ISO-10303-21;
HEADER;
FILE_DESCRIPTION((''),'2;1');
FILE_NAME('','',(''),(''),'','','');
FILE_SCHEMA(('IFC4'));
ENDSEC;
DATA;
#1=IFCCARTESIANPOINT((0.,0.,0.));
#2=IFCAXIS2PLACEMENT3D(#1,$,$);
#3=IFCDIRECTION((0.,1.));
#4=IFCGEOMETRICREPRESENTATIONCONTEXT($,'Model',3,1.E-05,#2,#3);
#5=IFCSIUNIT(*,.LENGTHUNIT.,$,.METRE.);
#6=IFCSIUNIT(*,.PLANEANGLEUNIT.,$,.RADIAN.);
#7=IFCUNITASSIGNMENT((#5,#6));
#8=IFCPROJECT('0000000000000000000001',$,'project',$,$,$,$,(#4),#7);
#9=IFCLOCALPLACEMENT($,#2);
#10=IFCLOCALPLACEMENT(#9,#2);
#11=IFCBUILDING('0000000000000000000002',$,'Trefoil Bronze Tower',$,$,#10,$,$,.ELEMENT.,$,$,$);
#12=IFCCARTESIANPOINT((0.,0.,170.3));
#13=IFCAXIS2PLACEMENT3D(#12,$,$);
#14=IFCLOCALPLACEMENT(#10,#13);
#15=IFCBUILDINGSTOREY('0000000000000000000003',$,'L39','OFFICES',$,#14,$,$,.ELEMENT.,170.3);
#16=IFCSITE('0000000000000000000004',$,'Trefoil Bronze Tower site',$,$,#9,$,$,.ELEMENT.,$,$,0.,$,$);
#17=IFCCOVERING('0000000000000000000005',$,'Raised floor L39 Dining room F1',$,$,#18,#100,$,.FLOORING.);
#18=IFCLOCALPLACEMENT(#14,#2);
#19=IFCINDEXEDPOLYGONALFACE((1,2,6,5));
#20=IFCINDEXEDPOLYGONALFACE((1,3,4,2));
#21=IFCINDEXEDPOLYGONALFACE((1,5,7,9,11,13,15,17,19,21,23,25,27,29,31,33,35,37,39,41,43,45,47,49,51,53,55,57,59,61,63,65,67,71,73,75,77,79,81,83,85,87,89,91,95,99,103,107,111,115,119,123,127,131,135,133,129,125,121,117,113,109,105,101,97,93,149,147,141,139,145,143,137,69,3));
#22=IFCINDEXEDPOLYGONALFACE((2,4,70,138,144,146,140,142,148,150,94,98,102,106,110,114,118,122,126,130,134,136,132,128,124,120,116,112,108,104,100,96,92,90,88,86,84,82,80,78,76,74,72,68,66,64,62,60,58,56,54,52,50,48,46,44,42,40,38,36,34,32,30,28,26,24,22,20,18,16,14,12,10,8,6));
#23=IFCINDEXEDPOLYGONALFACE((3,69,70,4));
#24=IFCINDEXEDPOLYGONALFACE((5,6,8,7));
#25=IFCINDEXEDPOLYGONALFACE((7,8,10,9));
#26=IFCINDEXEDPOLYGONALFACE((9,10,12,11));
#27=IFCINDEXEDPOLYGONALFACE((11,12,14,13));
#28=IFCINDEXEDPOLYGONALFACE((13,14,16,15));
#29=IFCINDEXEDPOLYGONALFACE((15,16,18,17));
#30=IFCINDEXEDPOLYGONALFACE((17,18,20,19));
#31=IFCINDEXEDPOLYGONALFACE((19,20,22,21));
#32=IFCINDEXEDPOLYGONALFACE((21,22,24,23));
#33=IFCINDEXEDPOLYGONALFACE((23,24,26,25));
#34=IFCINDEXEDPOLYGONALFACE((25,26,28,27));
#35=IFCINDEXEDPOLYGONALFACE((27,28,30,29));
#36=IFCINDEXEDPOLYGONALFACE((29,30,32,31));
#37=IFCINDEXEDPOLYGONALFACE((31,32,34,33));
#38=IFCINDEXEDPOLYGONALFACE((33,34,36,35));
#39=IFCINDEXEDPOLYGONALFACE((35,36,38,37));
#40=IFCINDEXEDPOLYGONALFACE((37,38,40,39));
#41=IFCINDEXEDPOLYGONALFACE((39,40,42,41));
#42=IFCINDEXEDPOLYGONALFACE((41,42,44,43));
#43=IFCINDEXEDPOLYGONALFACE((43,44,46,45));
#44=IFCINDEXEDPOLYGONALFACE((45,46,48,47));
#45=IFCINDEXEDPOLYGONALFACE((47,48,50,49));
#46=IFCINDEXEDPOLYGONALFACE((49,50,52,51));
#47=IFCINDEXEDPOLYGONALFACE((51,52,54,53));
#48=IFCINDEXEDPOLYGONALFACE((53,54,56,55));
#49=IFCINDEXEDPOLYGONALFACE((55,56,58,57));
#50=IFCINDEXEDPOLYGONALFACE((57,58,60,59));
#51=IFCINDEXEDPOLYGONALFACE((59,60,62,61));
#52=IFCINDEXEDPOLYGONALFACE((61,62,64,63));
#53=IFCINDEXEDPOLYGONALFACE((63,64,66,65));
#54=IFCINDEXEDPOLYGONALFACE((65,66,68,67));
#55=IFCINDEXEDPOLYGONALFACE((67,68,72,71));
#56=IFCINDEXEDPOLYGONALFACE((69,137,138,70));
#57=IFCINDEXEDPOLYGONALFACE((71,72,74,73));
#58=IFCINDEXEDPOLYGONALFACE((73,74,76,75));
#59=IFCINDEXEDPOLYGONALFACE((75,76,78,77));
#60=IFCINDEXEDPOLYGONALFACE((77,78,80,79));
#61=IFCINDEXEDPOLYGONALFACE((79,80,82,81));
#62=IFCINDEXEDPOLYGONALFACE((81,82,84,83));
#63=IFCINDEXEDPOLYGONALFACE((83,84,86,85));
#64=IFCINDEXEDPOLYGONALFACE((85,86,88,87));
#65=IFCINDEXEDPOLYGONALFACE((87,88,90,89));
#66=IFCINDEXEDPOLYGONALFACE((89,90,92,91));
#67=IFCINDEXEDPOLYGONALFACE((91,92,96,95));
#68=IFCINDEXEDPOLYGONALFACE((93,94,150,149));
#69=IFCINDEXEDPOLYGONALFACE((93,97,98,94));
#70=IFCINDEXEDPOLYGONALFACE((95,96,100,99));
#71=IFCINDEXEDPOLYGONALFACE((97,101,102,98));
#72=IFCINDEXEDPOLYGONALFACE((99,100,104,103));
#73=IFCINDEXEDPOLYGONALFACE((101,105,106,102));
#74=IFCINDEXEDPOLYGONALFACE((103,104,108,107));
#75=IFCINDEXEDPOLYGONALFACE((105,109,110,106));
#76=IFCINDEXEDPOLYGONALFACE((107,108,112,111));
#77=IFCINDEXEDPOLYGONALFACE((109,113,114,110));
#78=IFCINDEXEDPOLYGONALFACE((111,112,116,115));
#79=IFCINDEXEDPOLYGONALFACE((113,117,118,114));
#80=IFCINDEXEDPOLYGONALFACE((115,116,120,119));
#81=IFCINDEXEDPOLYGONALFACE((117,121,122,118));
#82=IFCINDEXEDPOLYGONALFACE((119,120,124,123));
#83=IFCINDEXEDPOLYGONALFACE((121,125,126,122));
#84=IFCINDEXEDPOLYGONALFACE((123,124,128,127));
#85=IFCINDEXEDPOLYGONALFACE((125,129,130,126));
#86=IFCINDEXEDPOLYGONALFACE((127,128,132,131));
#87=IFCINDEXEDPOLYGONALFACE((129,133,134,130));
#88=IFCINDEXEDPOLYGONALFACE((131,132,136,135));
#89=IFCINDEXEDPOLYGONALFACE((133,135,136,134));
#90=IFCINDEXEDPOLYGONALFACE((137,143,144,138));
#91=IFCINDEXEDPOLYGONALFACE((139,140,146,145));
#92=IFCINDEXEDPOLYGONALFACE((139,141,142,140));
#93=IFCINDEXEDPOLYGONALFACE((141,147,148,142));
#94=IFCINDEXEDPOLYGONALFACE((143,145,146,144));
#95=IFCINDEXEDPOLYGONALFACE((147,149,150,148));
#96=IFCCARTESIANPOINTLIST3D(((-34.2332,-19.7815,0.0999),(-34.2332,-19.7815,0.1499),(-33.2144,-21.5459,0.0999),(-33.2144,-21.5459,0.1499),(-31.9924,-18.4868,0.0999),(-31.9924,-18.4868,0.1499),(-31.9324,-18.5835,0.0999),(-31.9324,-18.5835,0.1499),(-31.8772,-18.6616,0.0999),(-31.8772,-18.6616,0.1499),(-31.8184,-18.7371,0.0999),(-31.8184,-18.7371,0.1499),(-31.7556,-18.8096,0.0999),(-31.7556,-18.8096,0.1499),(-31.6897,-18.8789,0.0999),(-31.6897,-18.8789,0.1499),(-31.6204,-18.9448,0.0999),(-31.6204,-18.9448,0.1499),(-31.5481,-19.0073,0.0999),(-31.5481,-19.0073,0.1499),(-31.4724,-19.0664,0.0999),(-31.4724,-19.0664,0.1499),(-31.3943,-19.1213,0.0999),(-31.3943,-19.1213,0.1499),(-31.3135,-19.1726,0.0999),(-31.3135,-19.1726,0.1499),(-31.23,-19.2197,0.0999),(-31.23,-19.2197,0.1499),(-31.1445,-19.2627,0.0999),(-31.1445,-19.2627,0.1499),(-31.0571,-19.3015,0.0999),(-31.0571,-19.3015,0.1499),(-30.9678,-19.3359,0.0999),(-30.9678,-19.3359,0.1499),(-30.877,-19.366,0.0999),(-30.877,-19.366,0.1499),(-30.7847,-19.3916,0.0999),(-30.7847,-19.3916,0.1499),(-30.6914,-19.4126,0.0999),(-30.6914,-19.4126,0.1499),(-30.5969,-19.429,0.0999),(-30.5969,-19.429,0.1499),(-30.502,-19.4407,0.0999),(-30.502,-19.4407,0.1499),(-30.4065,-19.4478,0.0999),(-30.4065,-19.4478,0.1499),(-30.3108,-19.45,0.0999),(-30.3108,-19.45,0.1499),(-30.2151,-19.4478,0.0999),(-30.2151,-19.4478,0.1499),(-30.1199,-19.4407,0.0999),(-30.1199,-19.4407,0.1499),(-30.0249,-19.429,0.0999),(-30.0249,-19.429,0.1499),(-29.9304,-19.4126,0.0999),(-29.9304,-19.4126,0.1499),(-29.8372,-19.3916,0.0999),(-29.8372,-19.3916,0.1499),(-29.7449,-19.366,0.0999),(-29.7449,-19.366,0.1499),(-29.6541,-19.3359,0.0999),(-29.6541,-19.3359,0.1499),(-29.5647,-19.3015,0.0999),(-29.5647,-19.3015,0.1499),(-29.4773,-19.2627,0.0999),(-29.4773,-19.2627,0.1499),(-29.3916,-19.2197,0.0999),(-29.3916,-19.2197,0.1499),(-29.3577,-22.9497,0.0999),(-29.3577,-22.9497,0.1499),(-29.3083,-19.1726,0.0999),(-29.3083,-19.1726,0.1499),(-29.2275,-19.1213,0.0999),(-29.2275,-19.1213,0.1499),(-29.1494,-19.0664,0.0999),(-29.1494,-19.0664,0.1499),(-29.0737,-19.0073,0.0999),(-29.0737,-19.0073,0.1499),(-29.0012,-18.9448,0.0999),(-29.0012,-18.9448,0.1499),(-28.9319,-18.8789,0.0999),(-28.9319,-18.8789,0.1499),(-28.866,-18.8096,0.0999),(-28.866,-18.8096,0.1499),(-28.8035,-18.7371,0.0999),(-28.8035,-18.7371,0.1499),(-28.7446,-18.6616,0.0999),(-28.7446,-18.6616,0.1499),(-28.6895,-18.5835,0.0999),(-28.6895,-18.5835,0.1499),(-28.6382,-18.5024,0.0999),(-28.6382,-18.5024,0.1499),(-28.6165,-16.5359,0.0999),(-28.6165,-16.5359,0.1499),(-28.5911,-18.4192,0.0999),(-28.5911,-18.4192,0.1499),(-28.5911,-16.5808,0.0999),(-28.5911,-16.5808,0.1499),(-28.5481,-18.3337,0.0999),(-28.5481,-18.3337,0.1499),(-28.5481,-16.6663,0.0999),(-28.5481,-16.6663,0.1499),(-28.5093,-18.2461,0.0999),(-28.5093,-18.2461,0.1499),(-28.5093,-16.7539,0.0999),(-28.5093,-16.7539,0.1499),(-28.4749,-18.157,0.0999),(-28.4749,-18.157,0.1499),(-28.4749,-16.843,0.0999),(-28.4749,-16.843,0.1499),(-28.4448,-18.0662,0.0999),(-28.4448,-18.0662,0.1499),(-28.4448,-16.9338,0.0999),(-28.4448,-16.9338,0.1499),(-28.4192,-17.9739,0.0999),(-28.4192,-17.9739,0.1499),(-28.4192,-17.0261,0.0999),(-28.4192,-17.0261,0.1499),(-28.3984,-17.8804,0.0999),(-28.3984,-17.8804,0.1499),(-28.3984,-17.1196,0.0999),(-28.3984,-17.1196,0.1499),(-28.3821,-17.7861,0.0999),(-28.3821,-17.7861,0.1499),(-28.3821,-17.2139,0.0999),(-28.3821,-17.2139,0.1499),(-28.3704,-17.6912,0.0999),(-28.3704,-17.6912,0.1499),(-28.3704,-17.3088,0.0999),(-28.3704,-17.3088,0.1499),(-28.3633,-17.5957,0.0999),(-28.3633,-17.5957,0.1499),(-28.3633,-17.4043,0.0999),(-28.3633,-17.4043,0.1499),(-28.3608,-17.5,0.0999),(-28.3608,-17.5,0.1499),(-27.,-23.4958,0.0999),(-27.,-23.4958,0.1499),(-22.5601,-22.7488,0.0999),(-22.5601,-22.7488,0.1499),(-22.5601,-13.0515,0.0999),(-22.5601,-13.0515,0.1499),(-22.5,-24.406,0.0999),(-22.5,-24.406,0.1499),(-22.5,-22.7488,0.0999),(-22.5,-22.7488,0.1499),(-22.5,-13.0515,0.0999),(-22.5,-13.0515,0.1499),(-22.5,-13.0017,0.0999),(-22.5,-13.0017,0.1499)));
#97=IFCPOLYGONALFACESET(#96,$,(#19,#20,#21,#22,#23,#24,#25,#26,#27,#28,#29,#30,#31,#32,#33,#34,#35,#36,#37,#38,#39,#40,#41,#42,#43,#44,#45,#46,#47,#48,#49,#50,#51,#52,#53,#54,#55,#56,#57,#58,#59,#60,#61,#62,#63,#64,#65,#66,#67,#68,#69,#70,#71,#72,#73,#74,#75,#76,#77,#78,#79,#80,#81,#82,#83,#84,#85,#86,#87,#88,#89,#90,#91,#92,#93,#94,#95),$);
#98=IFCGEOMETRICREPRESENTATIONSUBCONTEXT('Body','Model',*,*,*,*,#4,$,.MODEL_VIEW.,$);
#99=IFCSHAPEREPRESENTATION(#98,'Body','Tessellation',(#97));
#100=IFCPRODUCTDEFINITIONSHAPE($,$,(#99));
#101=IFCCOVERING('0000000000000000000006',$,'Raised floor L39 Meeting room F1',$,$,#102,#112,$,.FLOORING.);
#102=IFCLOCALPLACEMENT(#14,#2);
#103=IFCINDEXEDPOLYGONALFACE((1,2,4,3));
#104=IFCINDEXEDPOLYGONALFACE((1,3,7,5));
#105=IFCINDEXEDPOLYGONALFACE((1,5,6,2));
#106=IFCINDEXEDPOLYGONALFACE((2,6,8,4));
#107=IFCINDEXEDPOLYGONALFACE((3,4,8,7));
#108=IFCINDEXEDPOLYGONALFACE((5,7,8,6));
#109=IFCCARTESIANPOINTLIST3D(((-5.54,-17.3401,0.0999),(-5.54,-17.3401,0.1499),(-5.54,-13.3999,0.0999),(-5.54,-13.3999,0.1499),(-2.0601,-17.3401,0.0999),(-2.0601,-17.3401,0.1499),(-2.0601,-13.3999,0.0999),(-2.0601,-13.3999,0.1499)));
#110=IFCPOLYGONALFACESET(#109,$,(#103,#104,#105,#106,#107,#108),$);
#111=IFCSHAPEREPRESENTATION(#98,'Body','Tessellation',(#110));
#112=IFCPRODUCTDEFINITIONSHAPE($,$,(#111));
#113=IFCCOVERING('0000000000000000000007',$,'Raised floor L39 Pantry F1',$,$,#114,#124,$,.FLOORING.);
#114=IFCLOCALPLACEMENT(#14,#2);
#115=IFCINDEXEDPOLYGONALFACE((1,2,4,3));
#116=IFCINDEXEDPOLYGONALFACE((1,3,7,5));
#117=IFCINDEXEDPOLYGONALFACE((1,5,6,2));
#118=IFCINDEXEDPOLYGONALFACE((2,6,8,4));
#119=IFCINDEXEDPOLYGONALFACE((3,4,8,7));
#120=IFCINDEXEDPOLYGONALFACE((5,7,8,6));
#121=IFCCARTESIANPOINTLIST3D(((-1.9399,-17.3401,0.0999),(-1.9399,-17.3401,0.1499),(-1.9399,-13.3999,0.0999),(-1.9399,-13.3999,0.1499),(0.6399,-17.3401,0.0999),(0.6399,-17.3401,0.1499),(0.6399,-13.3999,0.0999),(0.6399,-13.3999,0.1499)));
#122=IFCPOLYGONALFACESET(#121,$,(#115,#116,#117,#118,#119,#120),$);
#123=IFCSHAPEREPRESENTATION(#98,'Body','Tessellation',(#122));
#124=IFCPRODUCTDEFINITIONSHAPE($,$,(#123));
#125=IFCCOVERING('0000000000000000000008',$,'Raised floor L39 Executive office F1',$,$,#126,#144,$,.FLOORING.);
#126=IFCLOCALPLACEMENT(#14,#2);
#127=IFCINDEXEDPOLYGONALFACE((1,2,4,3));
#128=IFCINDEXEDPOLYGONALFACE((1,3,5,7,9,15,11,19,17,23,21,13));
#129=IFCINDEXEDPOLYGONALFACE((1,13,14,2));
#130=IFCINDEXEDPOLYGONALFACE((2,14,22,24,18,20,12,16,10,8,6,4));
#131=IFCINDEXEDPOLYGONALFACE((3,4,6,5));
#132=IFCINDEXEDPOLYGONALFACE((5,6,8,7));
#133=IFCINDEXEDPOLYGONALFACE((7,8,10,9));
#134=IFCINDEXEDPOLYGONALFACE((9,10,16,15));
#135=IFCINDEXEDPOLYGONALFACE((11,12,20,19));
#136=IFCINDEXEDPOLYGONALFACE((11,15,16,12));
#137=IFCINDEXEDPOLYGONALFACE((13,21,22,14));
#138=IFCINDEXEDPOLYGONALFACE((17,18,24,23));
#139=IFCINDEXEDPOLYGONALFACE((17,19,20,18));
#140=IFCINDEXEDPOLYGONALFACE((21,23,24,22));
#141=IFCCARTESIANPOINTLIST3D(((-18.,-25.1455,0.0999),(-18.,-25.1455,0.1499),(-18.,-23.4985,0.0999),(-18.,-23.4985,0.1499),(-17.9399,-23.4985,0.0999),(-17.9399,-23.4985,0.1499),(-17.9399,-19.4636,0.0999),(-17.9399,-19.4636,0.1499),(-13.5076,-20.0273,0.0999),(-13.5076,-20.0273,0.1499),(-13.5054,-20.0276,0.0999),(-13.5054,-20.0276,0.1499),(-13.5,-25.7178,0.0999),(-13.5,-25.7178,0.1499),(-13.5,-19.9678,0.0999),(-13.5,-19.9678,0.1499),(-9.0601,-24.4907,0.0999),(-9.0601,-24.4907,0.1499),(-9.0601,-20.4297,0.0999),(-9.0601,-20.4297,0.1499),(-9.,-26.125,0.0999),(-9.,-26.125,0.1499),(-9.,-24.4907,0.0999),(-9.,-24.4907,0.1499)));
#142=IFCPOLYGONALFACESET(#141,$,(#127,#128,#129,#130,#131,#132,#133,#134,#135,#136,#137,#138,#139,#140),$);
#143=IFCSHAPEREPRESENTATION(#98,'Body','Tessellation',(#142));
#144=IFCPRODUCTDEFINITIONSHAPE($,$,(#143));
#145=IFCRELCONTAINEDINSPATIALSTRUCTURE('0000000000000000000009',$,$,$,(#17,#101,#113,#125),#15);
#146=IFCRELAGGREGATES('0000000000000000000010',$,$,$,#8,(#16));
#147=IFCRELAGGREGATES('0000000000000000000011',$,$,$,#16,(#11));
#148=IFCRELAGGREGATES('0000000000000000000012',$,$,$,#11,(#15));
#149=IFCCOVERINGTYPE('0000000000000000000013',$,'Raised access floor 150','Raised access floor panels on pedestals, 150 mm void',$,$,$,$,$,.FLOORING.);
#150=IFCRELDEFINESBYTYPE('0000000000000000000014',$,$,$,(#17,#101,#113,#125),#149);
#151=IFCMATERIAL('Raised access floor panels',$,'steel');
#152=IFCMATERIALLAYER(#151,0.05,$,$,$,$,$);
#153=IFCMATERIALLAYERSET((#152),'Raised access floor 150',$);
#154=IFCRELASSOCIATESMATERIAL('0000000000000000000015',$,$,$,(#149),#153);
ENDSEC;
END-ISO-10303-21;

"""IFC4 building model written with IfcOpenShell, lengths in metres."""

from ifc_helpers import new_model, si_unit, direction, frame, origin, place, context, subcontext, project, spatial, polyline, outline, extrude, material, layer, layer_set, type_object, element, save


model = new_model("IFC4")

# Units and contexts
model_context = context("Model", 3, precision=1e-05, world=origin(), true_north=direction((0.0, 1.0)))
body_context = subcontext(model_context, "Body", "Model", "MODEL_VIEW")
ifc_project = project(units=[si_unit("LENGTHUNIT", "METRE"), si_unit("PLANEANGLEUNIT", "RADIAN")], contexts=[model_context])

# Site, building, storey
site_placement = place(None, origin())
site = spatial("IfcSite", under=ifc_project, at=site_placement, Name="Trefoil Bronze Tower site", CompositionType="ELEMENT", RefElevation=0.0)
building_placement = place(site_placement, origin())
building = spatial("IfcBuilding", under=site, at=building_placement, Name="Trefoil Bronze Tower", CompositionType="ELEMENT")
storey_placement = place(building_placement, frame((0.0, 0.0, 170.3)))
storey = spatial("IfcBuildingStorey", under=building, at=storey_placement, Name="L39", Description="OFFICES", CompositionType="ELEMENT", Elevation=170.3)

# Coverings
ifc_material_1 = material(Name="Raised access floor panels", Category="steel")
ifc_layer_1 = layer(ifc_material_1, 0.05)
ifc_layer_set_1 = layer_set([ifc_layer_1], Name="Raised access floor 150")
covering_type_1 = type_object("IfcCoveringType", Name="Raised access floor 150", Description="Raised access floor panels on pedestals, 150 mm void", PredefinedType="FLOORING", material=ifc_layer_set_1)
covering_1_placement = place(storey_placement, frame((0.0, 0.0, 0.0999)))
element("IfcCovering", 1, at=covering_1_placement, inside=storey, type_object=covering_type_1, Name="Raised floor L39 Dining room F1", PredefinedType="FLOORING", context=body_context, shape_type="SweptSolid", body=[
    extrude(outline(polyline([(-28.6165, -16.5359), (-22.5, -13.0017), (-22.5, -13.0515), (-22.5601, -13.0515), (-22.5601, -22.7488), (-22.5, -22.7488), (-22.5, -24.406), (-27.0, -23.4958), (-29.3577, -22.9497), (-33.2144, -21.5459), (-34.2332, -19.7815), (-31.9924, -18.4868), (-31.9324, -18.5835), (-31.8772, -18.6616), (-31.8184, -18.7371), (-31.7556, -18.8096), (-31.6897, -18.8789), (-31.6204, -18.9448), (-31.5481, -19.0073), (-31.4724, -19.0664), (-31.3943, -19.1213), (-31.3135, -19.1726), (-31.23, -19.2197), (-31.1445, -19.2627), (-31.0571, -19.3015), (-30.9678, -19.3359), (-30.877, -19.366), (-30.7847, -19.3916), (-30.6914, -19.4126), (-30.5969, -19.429), (-30.502, -19.4407), (-30.4065, -19.4478), (-30.3108, -19.45), (-30.2151, -19.4478), (-30.1199, -19.4407), (-30.0249, -19.429), (-29.9304, -19.4126), (-29.8372, -19.3916), (-29.7449, -19.366), (-29.6541, -19.3359), (-29.5647, -19.3015), (-29.4773, -19.2627), (-29.3916, -19.2197), (-29.3083, -19.1726), (-29.2275, -19.1213), (-29.1494, -19.0664), (-29.0737, -19.0073), (-29.0012, -18.9448), (-28.9319, -18.8789), (-28.866, -18.8096), (-28.8035, -18.7371), (-28.7446, -18.6616), (-28.6895, -18.5835), (-28.6382, -18.5024), (-28.5911, -18.4192), (-28.5481, -18.3337), (-28.5093, -18.2461), (-28.4749, -18.157), (-28.4448, -18.0662), (-28.4192, -17.9739), (-28.3984, -17.8804), (-28.3821, -17.7861), (-28.3704, -17.6912), (-28.3633, -17.5957), (-28.3608, -17.5), (-28.3633, -17.4043), (-28.3704, -17.3088), (-28.3821, -17.2139), (-28.3984, -17.1196), (-28.4192, -17.0261), (-28.4448, -16.9338), (-28.4749, -16.843), (-28.5093, -16.7539), (-28.5481, -16.6663), (-28.5911, -16.5808), (-28.6165, -16.5359)])), origin(), (0.0, 0.0, 1.0), 0.05),
])
covering_2_placement = place(storey_placement, frame((0.0, 0.0, 0.0999)))
element("IfcCovering", 2, at=covering_2_placement, inside=storey, type_object=covering_type_1, Name="Raised floor L39 Meeting room F1", PredefinedType="FLOORING", context=body_context, shape_type="SweptSolid", body=[
    extrude(outline(polyline([(-2.0601, -13.3999), (-2.0601, -17.3401), (-5.54, -17.3401), (-5.54, -13.3999), (-2.0601, -13.3999)])), origin(), (0.0, 0.0, 1.0), 0.05),
])
covering_3_placement = place(storey_placement, frame((0.0, 0.0, 0.0999)))
element("IfcCovering", 3, at=covering_3_placement, inside=storey, type_object=covering_type_1, Name="Raised floor L39 Pantry F1", PredefinedType="FLOORING", context=body_context, shape_type="SweptSolid", body=[
    extrude(outline(polyline([(0.6399, -13.3999), (0.6399, -17.3401), (-1.9399, -17.3401), (-1.9399, -13.3999), (0.6399, -13.3999)])), origin(), (0.0, 0.0, 1.0), 0.05),
])
covering_4_placement = place(storey_placement, frame((0.0, 0.0, 0.0999)))
element("IfcCovering", 4, at=covering_4_placement, inside=storey, type_object=covering_type_1, Name="Raised floor L39 Executive office F1", PredefinedType="FLOORING", context=body_context, shape_type="SweptSolid", body=[
    extrude(outline(polyline([(-13.5, -25.7178), (-18.0, -25.1455), (-18.0, -23.4985), (-17.9399, -23.4985), (-17.9399, -19.4636), (-13.5076, -20.0273), (-13.5, -19.9678), (-13.5054, -20.0276), (-9.0601, -20.4297), (-9.0601, -24.4907), (-9.0, -24.4907), (-9.0, -26.125), (-13.5, -25.7178)])), origin(), (0.0, 0.0, 1.0), 0.05),
])

save(model, "model.ifc")
